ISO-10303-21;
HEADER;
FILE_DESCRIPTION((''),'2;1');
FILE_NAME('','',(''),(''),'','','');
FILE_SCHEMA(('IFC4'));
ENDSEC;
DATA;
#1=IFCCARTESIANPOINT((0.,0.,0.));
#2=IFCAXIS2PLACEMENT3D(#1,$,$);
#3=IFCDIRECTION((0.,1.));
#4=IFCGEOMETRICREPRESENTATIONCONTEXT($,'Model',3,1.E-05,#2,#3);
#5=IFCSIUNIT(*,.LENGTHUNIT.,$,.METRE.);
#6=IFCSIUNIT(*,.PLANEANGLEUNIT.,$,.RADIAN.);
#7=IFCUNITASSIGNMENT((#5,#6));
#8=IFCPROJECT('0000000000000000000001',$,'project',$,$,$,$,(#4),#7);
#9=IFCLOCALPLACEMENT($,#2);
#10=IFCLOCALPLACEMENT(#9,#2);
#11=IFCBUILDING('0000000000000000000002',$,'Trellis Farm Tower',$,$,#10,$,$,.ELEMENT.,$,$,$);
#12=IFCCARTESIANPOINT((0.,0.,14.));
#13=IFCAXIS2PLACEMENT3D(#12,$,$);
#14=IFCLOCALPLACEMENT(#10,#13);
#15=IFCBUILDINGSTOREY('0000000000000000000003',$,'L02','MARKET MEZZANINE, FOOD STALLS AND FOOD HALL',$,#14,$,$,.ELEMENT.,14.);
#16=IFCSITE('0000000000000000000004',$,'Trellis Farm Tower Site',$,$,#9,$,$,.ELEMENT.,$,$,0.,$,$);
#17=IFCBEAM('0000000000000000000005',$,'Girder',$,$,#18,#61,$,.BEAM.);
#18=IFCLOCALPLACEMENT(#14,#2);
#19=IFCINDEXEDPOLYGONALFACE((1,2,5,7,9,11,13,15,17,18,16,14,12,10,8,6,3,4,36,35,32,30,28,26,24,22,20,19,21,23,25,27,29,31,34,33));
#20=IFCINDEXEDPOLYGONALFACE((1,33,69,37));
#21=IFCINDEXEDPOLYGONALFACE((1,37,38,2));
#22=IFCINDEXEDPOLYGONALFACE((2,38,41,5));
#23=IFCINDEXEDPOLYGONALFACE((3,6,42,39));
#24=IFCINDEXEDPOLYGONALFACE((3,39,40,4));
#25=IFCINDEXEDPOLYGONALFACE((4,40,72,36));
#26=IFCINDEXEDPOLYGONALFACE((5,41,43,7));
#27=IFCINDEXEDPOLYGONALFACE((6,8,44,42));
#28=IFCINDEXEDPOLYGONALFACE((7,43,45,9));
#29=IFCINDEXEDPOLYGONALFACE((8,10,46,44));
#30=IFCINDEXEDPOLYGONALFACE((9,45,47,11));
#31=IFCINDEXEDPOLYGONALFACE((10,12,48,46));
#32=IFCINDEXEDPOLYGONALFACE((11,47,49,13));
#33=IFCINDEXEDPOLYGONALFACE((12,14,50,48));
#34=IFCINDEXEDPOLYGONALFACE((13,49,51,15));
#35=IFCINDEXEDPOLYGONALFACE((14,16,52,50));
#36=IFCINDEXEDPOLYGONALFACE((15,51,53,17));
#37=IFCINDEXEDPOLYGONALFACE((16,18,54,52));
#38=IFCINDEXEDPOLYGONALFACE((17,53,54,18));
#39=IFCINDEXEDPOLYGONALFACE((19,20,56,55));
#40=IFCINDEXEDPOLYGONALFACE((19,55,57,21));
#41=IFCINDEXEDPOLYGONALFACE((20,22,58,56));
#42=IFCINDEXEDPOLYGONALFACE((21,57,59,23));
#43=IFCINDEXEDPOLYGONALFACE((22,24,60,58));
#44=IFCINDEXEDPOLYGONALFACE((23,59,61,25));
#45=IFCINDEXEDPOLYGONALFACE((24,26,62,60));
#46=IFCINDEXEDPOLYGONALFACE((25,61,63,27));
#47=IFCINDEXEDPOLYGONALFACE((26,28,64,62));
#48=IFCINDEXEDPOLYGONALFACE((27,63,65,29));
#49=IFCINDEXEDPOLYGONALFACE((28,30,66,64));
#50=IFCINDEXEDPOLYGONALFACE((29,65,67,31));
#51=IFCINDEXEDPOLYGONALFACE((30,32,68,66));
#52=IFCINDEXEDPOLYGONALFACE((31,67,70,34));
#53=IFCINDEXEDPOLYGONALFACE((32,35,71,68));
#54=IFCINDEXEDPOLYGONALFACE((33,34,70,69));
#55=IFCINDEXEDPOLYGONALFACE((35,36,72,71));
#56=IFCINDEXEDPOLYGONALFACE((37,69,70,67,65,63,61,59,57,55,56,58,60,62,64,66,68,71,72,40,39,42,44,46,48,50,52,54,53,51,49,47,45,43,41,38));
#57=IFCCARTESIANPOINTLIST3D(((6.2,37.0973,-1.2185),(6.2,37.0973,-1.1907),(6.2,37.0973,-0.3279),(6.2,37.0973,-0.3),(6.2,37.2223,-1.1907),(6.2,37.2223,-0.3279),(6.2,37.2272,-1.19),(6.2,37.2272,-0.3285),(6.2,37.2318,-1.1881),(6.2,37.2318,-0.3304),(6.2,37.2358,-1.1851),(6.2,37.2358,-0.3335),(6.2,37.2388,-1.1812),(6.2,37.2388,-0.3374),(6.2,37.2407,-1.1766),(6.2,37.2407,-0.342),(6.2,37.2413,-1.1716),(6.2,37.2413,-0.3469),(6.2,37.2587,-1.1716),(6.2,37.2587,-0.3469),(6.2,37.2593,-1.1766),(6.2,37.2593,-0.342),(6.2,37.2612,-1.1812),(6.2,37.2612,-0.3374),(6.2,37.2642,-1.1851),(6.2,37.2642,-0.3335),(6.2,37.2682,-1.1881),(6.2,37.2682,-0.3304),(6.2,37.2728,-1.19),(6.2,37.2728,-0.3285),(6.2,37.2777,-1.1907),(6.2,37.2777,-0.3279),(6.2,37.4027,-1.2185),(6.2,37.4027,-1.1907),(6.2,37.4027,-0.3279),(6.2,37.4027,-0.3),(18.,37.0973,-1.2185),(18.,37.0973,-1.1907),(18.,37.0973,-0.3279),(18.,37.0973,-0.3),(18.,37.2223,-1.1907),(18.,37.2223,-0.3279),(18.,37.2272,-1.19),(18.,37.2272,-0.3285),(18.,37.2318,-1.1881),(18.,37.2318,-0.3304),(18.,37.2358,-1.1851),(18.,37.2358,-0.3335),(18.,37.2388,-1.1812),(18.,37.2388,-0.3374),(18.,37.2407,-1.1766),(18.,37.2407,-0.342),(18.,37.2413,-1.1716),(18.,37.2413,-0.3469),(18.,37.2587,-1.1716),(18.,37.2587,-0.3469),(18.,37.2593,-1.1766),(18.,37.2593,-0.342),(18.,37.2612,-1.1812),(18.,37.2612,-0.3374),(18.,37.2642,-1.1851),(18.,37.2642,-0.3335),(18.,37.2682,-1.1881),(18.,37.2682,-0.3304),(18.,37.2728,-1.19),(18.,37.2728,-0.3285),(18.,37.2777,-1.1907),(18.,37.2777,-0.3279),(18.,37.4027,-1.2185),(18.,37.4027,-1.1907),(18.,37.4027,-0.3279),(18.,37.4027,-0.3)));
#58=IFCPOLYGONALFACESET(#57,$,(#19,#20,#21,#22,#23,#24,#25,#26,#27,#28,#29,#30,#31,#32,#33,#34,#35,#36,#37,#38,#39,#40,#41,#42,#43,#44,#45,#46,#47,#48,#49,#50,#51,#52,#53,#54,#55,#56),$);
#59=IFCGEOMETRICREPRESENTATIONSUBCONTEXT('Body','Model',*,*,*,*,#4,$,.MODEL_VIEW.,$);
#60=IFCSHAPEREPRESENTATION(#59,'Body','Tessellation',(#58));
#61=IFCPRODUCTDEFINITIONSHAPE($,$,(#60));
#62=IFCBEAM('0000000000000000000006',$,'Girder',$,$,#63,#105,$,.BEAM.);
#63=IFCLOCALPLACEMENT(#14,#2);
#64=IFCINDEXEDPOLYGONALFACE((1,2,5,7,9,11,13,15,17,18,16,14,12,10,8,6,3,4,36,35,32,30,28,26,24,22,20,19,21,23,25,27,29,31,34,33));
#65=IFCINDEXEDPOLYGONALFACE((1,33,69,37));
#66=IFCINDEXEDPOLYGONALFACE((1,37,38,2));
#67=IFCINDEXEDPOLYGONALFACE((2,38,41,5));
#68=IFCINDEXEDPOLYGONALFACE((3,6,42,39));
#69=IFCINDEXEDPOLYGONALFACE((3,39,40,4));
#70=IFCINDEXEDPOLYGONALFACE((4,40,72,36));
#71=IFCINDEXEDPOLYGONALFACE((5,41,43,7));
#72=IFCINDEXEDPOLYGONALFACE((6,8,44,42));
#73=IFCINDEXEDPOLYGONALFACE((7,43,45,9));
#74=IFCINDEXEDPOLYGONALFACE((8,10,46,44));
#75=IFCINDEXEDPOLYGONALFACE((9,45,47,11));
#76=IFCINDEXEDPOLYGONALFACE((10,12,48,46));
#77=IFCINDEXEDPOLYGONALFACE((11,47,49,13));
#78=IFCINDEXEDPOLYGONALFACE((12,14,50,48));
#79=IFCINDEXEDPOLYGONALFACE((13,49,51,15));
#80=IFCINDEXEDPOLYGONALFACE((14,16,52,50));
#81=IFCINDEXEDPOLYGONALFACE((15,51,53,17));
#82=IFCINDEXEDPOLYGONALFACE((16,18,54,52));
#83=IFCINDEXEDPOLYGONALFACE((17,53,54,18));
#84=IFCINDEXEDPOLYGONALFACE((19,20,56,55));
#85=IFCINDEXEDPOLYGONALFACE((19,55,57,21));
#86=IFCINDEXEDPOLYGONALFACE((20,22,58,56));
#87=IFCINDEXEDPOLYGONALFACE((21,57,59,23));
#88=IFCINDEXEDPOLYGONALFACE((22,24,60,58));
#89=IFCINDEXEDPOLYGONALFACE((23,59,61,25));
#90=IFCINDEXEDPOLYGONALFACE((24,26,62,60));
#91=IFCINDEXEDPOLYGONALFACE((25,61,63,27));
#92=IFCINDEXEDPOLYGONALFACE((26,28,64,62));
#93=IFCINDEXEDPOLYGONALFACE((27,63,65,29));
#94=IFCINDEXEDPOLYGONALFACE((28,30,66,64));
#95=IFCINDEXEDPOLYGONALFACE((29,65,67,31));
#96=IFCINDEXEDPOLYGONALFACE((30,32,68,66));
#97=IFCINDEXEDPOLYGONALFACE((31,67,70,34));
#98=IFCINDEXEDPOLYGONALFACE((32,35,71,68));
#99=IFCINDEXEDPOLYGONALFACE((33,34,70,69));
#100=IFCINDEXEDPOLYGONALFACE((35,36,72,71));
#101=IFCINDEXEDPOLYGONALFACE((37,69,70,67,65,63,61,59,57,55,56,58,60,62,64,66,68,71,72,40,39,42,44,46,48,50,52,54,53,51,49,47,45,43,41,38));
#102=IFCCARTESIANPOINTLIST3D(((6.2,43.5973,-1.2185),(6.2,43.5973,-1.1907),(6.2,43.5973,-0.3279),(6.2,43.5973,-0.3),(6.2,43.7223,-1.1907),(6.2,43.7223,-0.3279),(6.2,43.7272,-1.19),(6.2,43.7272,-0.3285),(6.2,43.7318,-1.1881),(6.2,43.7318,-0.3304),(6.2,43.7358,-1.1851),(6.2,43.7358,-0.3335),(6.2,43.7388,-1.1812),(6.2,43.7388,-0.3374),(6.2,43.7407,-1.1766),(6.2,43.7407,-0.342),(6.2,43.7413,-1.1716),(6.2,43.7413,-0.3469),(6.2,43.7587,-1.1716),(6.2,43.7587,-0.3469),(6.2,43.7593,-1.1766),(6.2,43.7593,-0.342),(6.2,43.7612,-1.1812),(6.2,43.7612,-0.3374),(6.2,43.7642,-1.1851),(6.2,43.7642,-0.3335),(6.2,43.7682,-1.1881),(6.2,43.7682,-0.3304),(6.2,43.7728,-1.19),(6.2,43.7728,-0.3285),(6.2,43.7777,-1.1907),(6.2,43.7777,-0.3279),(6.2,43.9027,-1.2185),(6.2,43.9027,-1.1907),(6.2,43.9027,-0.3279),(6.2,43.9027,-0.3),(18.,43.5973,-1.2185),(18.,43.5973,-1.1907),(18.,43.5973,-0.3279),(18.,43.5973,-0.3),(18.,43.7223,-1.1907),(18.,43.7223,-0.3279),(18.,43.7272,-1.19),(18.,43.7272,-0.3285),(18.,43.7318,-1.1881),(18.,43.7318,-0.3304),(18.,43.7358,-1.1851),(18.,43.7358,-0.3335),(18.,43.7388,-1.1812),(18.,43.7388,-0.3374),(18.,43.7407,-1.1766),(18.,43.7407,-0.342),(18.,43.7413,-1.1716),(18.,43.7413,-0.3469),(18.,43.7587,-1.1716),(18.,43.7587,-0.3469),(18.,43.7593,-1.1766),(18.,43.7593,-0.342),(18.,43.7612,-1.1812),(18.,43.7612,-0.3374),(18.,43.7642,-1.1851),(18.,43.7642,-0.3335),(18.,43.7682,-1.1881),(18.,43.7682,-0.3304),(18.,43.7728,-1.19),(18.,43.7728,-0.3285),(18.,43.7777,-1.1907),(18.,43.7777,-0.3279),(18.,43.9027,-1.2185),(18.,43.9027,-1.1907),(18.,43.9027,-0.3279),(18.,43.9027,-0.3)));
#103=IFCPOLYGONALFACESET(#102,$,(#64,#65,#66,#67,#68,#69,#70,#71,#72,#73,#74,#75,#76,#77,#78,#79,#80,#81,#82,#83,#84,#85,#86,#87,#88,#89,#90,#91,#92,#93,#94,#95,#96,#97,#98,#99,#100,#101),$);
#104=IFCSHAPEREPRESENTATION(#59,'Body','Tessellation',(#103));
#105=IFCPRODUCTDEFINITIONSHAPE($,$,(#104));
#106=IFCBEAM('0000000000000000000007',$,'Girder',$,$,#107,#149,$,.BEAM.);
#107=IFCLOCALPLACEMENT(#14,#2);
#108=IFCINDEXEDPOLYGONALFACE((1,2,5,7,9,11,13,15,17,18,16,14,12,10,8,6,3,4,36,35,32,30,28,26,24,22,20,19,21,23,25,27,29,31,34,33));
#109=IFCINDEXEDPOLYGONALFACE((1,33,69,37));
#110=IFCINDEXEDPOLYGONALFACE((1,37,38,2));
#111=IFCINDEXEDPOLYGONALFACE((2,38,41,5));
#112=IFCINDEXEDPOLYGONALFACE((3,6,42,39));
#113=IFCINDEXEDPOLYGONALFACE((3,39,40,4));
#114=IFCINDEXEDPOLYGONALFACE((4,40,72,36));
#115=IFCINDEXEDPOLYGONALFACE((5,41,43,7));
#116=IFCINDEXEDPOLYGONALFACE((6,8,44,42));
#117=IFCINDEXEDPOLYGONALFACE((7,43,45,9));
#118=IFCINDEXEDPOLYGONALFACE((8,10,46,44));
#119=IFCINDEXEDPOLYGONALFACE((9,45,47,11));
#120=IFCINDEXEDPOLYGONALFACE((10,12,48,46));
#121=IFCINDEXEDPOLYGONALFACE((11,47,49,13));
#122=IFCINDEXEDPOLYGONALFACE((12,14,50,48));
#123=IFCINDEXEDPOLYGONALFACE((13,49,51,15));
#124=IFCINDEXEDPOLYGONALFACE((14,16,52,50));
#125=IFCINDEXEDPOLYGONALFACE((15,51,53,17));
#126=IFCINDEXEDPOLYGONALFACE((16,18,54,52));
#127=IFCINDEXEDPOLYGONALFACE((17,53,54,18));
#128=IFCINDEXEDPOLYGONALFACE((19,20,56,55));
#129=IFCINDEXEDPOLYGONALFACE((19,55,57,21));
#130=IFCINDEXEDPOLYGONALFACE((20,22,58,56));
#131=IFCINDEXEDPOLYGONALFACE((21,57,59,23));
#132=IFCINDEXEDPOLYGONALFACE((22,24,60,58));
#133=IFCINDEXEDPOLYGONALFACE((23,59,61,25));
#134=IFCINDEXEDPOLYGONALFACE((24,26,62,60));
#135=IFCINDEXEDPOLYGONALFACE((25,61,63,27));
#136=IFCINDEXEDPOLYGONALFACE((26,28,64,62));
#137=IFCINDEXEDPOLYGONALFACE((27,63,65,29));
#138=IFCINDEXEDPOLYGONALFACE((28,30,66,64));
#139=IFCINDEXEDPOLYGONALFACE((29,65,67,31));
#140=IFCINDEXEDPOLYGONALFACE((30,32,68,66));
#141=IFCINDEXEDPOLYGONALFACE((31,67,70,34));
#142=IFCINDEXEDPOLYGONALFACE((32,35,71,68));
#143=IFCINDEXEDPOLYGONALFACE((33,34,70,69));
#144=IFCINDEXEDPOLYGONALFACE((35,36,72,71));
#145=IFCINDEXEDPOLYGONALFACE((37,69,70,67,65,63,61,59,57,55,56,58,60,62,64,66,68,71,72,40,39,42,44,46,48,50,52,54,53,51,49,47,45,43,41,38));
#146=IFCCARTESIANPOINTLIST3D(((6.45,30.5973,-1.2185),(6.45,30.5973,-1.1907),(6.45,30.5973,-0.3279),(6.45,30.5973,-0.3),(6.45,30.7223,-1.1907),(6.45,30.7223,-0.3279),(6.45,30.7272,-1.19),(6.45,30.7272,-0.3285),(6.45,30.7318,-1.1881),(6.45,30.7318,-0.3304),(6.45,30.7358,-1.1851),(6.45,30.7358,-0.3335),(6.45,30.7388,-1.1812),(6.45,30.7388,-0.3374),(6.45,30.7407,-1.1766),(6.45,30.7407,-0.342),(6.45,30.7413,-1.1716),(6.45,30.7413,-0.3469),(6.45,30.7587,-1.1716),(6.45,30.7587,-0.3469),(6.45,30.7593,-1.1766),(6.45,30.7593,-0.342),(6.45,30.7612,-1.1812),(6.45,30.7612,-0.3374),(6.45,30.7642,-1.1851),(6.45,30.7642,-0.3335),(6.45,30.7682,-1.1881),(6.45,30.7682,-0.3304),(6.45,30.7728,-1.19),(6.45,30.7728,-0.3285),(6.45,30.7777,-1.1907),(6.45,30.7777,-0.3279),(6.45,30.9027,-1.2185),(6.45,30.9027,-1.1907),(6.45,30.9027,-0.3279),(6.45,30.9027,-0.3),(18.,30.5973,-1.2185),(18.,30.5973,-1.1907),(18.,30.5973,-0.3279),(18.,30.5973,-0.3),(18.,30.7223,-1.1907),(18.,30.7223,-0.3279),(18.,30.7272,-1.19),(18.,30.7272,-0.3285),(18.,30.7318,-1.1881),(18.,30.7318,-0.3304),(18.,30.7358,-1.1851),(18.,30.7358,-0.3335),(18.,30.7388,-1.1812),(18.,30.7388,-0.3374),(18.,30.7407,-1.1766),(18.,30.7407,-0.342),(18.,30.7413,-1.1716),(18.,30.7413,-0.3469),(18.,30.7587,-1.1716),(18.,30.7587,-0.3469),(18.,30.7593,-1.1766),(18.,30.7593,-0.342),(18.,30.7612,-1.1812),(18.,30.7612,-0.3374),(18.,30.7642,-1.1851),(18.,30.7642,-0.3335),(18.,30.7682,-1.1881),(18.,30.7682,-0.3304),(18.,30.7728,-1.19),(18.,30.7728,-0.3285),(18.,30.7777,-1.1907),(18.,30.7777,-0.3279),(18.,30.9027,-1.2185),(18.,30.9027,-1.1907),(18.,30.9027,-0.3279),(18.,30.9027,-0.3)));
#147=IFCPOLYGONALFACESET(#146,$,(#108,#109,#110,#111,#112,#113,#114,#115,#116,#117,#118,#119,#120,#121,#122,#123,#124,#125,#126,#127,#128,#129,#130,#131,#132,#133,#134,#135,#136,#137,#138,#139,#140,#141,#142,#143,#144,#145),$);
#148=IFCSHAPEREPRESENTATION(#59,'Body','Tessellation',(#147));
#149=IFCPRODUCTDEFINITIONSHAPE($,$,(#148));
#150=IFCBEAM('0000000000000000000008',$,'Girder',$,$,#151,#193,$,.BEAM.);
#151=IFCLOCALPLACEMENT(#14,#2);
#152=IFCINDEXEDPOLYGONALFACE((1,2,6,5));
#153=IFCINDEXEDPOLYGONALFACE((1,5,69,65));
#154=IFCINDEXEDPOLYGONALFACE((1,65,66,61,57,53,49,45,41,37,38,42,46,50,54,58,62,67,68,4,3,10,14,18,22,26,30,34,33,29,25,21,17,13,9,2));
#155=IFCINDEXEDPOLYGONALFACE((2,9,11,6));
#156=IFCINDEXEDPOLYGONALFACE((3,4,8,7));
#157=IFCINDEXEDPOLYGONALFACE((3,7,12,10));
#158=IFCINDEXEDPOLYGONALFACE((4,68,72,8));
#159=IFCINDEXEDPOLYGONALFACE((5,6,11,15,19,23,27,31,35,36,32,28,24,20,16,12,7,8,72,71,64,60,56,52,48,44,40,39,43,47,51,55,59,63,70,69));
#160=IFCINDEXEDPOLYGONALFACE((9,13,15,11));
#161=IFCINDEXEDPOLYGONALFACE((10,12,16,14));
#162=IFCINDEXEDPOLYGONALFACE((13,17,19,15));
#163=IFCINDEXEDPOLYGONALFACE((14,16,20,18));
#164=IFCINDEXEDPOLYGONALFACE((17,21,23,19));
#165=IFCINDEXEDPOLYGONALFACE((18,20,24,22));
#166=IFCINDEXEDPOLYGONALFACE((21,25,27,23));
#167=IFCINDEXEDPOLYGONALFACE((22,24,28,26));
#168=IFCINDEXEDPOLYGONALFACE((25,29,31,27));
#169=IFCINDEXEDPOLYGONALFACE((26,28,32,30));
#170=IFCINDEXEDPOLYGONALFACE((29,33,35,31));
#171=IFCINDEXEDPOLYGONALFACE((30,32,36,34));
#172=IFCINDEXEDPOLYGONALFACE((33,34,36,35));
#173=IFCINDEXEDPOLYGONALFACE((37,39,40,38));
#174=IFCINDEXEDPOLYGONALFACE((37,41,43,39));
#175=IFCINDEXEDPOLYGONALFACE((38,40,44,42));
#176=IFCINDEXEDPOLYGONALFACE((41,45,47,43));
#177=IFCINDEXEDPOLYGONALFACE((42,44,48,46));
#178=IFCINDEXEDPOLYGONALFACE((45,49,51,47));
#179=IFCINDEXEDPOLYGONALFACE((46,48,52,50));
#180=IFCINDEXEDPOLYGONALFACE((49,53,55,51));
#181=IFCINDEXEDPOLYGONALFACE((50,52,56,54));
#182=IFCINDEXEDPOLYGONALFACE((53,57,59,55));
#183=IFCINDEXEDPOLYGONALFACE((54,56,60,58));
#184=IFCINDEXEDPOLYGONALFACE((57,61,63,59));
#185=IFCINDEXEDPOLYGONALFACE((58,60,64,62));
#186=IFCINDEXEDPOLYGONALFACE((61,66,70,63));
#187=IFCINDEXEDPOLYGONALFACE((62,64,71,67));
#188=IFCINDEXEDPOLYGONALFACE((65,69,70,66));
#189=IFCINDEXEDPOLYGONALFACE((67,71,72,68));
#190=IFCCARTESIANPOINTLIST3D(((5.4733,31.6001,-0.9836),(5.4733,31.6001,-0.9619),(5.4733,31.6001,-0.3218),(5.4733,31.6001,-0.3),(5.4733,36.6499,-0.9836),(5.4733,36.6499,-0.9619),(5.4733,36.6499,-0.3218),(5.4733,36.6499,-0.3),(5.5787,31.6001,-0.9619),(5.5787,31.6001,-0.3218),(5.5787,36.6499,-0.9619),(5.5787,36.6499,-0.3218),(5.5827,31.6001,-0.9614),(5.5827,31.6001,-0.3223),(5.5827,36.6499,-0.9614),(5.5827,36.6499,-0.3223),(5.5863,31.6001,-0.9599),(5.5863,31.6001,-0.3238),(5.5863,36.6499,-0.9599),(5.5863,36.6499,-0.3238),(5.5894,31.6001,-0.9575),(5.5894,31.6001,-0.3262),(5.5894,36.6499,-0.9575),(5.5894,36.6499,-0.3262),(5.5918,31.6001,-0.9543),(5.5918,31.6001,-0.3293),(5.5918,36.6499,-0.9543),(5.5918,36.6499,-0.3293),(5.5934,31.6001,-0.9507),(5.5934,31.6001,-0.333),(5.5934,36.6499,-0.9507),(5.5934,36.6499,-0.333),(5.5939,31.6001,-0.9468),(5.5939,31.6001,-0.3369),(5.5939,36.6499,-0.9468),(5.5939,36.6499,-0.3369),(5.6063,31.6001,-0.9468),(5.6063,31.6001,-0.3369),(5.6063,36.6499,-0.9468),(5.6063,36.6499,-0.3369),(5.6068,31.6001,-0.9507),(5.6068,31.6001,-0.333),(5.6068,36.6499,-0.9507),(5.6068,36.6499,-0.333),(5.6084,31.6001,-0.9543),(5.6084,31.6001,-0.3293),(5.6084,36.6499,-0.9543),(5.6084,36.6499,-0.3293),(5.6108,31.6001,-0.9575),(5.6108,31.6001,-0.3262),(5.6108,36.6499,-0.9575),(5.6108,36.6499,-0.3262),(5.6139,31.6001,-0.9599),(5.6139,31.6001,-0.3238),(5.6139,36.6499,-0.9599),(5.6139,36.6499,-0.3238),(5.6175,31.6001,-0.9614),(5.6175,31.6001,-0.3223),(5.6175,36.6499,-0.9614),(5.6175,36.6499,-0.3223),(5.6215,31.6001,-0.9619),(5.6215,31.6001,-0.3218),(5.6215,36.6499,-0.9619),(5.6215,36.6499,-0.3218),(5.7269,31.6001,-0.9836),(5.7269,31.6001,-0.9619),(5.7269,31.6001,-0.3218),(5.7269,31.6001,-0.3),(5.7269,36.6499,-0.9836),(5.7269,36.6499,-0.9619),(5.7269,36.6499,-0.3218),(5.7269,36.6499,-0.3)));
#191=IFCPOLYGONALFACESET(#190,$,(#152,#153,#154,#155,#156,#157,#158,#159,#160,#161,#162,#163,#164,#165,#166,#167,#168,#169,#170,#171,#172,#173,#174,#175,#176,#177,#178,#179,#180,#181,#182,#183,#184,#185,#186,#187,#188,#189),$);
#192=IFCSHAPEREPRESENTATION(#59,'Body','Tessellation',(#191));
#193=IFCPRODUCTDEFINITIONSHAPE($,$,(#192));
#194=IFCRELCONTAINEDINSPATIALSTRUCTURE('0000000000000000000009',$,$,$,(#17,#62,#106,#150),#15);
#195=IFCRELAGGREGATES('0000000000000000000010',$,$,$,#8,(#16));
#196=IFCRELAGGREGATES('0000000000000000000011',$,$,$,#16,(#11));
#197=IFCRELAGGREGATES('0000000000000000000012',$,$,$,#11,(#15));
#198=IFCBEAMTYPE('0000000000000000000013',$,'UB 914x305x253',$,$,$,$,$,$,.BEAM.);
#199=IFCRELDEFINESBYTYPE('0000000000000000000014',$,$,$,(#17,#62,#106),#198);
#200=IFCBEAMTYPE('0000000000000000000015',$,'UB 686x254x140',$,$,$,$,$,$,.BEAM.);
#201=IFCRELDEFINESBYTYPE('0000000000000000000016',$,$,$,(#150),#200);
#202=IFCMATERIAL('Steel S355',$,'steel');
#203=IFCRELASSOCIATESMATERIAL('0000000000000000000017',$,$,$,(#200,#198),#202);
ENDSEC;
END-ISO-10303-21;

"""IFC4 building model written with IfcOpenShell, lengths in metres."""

from ifc_helpers import new_model, si_unit, direction, frame, origin, origin_2d, place, context, subcontext, project, spatial, i_section, extrude, source, transform, mapped, material, material_profile, profile_set, type_object, element, save


model = new_model("IFC4")

# Units and contexts
model_context = context("Model", 3, precision=1e-05, world=origin(), true_north=direction((0.0, 1.0)))
body_context = subcontext(model_context, "Body", "Model", "MODEL_VIEW")
ifc_project = project(units=[si_unit("LENGTHUNIT", "METRE"), si_unit("PLANEANGLEUNIT", "RADIAN")], contexts=[model_context])

# Site, building, storey
site_placement = place(None, origin())
site = spatial("IfcSite", under=ifc_project, at=site_placement, Name="Trellis Farm Tower Site", CompositionType="ELEMENT", RefElevation=0.0)
building_placement = place(site_placement, origin())
building = spatial("IfcBuilding", under=site, at=building_placement, Name="Trellis Farm Tower", CompositionType="ELEMENT")
storey_placement = place(building_placement, frame((0.0, 0.0, 14.0)))
storey = spatial("IfcBuildingStorey", under=building, at=storey_placement, Name="L02", Description="MARKET MEZZANINE, FOOD STALLS AND FOOD HALL", CompositionType="ELEMENT", Elevation=14.0)

# Beams
ifc_material_1 = material(Name="Steel S355", Category="steel")
ifc_material_profile_1 = material_profile(ifc_material_1, i_section(OverallWidth=0.2537, OverallDepth=0.6836, WebThickness=0.0125, FlangeThickness=0.0217, FilletRadius=0.0151, at=origin_2d()), Name="UB 686x254x140")
ifc_profile_set_1 = profile_set([ifc_material_profile_1], Name="Steel S355")
beam_type_1 = type_object("IfcBeamType", Name="UB 686x254x140", PredefinedType="BEAM", material=ifc_profile_set_1)
ifc_material_profile_2 = material_profile(ifc_material_1, i_section(OverallWidth=0.3054, OverallDepth=0.9185, WebThickness=0.0173, FlangeThickness=0.0278, FilletRadius=0.019, at=origin_2d()), Name="UB 914x305x253")
ifc_profile_set_2 = profile_set([ifc_material_profile_2], Name="Steel S355")
beam_type_2 = type_object("IfcBeamType", Name="UB 914x305x253", PredefinedType="BEAM", material=ifc_profile_set_2)
shared_shape_1 = source(origin(), body_context, "Body", "SweptSolid", [
    extrude(i_section(OverallWidth=0.3054, OverallDepth=0.9185, WebThickness=0.0173, FlangeThickness=0.0278, FilletRadius=0.019, at=origin_2d()), origin(), (0.0, 0.0, 1.0), 11.8),
])
for number, where, z_axis, x_axis, name in (
    (1, (6.2, 37.25, -0.7593), (1.0, 0.0, 0.0), (0.0, 1.0, 0.0), "Girder"),
    (2, (6.2, 43.75, -0.7593), (1.0, 0.0, 0.0), (0.0, 1.0, 0.0), "Girder"),
):
    element("IfcBeam", number, at=place(storey_placement, frame(where, z_axis=z_axis, x_axis=x_axis)), inside=storey, type_object=beam_type_2, Name=name, PredefinedType="BEAM", context=body_context, shape_type="MappedRepresentation", body=[
        mapped(shared_shape_1, transform((0.0, 0.0, 0.0))),
    ])
shared_shape_2 = source(origin(), body_context, "Body", "SweptSolid", [
    extrude(i_section(OverallWidth=0.3054, OverallDepth=0.9185, WebThickness=0.0173, FlangeThickness=0.0278, FilletRadius=0.019, at=origin_2d()), origin(), (0.0, 0.0, 1.0), 11.55),
])
beam_1_placement = place(storey_placement, frame((6.45, 30.75, -0.7593), z_axis=(1.0, 0.0, 0.0), x_axis=(0.0, 1.0, 0.0)))
element("IfcBeam", 3, at=beam_1_placement, inside=storey, type_object=beam_type_2, Name="Girder", PredefinedType="BEAM", context=body_context, shape_type="MappedRepresentation", body=[
    mapped(shared_shape_2, transform((0.0, 0.0, 0.0))),
])
shared_shape_3 = source(origin(), body_context, "Body", "SweptSolid", [
    extrude(i_section(OverallWidth=0.2537, OverallDepth=0.6836, WebThickness=0.0125, FlangeThickness=0.0217, FilletRadius=0.0151, at=origin_2d()), origin(), (0.0, 0.0, 1.0), 5.0498),
])
beam_2_placement = place(storey_placement, frame((5.6001, 31.6001, -0.6418), z_axis=(0.0, 1.0, 0.0), x_axis=(-1.0, 0.0, 0.0)))
element("IfcBeam", 4, at=beam_2_placement, inside=storey, type_object=beam_type_1, Name="Girder", PredefinedType="BEAM", context=body_context, shape_type="MappedRepresentation", body=[
    mapped(shared_shape_3, transform((0.0, 0.0, 0.0))),
])

save(model, "model.ifc")
